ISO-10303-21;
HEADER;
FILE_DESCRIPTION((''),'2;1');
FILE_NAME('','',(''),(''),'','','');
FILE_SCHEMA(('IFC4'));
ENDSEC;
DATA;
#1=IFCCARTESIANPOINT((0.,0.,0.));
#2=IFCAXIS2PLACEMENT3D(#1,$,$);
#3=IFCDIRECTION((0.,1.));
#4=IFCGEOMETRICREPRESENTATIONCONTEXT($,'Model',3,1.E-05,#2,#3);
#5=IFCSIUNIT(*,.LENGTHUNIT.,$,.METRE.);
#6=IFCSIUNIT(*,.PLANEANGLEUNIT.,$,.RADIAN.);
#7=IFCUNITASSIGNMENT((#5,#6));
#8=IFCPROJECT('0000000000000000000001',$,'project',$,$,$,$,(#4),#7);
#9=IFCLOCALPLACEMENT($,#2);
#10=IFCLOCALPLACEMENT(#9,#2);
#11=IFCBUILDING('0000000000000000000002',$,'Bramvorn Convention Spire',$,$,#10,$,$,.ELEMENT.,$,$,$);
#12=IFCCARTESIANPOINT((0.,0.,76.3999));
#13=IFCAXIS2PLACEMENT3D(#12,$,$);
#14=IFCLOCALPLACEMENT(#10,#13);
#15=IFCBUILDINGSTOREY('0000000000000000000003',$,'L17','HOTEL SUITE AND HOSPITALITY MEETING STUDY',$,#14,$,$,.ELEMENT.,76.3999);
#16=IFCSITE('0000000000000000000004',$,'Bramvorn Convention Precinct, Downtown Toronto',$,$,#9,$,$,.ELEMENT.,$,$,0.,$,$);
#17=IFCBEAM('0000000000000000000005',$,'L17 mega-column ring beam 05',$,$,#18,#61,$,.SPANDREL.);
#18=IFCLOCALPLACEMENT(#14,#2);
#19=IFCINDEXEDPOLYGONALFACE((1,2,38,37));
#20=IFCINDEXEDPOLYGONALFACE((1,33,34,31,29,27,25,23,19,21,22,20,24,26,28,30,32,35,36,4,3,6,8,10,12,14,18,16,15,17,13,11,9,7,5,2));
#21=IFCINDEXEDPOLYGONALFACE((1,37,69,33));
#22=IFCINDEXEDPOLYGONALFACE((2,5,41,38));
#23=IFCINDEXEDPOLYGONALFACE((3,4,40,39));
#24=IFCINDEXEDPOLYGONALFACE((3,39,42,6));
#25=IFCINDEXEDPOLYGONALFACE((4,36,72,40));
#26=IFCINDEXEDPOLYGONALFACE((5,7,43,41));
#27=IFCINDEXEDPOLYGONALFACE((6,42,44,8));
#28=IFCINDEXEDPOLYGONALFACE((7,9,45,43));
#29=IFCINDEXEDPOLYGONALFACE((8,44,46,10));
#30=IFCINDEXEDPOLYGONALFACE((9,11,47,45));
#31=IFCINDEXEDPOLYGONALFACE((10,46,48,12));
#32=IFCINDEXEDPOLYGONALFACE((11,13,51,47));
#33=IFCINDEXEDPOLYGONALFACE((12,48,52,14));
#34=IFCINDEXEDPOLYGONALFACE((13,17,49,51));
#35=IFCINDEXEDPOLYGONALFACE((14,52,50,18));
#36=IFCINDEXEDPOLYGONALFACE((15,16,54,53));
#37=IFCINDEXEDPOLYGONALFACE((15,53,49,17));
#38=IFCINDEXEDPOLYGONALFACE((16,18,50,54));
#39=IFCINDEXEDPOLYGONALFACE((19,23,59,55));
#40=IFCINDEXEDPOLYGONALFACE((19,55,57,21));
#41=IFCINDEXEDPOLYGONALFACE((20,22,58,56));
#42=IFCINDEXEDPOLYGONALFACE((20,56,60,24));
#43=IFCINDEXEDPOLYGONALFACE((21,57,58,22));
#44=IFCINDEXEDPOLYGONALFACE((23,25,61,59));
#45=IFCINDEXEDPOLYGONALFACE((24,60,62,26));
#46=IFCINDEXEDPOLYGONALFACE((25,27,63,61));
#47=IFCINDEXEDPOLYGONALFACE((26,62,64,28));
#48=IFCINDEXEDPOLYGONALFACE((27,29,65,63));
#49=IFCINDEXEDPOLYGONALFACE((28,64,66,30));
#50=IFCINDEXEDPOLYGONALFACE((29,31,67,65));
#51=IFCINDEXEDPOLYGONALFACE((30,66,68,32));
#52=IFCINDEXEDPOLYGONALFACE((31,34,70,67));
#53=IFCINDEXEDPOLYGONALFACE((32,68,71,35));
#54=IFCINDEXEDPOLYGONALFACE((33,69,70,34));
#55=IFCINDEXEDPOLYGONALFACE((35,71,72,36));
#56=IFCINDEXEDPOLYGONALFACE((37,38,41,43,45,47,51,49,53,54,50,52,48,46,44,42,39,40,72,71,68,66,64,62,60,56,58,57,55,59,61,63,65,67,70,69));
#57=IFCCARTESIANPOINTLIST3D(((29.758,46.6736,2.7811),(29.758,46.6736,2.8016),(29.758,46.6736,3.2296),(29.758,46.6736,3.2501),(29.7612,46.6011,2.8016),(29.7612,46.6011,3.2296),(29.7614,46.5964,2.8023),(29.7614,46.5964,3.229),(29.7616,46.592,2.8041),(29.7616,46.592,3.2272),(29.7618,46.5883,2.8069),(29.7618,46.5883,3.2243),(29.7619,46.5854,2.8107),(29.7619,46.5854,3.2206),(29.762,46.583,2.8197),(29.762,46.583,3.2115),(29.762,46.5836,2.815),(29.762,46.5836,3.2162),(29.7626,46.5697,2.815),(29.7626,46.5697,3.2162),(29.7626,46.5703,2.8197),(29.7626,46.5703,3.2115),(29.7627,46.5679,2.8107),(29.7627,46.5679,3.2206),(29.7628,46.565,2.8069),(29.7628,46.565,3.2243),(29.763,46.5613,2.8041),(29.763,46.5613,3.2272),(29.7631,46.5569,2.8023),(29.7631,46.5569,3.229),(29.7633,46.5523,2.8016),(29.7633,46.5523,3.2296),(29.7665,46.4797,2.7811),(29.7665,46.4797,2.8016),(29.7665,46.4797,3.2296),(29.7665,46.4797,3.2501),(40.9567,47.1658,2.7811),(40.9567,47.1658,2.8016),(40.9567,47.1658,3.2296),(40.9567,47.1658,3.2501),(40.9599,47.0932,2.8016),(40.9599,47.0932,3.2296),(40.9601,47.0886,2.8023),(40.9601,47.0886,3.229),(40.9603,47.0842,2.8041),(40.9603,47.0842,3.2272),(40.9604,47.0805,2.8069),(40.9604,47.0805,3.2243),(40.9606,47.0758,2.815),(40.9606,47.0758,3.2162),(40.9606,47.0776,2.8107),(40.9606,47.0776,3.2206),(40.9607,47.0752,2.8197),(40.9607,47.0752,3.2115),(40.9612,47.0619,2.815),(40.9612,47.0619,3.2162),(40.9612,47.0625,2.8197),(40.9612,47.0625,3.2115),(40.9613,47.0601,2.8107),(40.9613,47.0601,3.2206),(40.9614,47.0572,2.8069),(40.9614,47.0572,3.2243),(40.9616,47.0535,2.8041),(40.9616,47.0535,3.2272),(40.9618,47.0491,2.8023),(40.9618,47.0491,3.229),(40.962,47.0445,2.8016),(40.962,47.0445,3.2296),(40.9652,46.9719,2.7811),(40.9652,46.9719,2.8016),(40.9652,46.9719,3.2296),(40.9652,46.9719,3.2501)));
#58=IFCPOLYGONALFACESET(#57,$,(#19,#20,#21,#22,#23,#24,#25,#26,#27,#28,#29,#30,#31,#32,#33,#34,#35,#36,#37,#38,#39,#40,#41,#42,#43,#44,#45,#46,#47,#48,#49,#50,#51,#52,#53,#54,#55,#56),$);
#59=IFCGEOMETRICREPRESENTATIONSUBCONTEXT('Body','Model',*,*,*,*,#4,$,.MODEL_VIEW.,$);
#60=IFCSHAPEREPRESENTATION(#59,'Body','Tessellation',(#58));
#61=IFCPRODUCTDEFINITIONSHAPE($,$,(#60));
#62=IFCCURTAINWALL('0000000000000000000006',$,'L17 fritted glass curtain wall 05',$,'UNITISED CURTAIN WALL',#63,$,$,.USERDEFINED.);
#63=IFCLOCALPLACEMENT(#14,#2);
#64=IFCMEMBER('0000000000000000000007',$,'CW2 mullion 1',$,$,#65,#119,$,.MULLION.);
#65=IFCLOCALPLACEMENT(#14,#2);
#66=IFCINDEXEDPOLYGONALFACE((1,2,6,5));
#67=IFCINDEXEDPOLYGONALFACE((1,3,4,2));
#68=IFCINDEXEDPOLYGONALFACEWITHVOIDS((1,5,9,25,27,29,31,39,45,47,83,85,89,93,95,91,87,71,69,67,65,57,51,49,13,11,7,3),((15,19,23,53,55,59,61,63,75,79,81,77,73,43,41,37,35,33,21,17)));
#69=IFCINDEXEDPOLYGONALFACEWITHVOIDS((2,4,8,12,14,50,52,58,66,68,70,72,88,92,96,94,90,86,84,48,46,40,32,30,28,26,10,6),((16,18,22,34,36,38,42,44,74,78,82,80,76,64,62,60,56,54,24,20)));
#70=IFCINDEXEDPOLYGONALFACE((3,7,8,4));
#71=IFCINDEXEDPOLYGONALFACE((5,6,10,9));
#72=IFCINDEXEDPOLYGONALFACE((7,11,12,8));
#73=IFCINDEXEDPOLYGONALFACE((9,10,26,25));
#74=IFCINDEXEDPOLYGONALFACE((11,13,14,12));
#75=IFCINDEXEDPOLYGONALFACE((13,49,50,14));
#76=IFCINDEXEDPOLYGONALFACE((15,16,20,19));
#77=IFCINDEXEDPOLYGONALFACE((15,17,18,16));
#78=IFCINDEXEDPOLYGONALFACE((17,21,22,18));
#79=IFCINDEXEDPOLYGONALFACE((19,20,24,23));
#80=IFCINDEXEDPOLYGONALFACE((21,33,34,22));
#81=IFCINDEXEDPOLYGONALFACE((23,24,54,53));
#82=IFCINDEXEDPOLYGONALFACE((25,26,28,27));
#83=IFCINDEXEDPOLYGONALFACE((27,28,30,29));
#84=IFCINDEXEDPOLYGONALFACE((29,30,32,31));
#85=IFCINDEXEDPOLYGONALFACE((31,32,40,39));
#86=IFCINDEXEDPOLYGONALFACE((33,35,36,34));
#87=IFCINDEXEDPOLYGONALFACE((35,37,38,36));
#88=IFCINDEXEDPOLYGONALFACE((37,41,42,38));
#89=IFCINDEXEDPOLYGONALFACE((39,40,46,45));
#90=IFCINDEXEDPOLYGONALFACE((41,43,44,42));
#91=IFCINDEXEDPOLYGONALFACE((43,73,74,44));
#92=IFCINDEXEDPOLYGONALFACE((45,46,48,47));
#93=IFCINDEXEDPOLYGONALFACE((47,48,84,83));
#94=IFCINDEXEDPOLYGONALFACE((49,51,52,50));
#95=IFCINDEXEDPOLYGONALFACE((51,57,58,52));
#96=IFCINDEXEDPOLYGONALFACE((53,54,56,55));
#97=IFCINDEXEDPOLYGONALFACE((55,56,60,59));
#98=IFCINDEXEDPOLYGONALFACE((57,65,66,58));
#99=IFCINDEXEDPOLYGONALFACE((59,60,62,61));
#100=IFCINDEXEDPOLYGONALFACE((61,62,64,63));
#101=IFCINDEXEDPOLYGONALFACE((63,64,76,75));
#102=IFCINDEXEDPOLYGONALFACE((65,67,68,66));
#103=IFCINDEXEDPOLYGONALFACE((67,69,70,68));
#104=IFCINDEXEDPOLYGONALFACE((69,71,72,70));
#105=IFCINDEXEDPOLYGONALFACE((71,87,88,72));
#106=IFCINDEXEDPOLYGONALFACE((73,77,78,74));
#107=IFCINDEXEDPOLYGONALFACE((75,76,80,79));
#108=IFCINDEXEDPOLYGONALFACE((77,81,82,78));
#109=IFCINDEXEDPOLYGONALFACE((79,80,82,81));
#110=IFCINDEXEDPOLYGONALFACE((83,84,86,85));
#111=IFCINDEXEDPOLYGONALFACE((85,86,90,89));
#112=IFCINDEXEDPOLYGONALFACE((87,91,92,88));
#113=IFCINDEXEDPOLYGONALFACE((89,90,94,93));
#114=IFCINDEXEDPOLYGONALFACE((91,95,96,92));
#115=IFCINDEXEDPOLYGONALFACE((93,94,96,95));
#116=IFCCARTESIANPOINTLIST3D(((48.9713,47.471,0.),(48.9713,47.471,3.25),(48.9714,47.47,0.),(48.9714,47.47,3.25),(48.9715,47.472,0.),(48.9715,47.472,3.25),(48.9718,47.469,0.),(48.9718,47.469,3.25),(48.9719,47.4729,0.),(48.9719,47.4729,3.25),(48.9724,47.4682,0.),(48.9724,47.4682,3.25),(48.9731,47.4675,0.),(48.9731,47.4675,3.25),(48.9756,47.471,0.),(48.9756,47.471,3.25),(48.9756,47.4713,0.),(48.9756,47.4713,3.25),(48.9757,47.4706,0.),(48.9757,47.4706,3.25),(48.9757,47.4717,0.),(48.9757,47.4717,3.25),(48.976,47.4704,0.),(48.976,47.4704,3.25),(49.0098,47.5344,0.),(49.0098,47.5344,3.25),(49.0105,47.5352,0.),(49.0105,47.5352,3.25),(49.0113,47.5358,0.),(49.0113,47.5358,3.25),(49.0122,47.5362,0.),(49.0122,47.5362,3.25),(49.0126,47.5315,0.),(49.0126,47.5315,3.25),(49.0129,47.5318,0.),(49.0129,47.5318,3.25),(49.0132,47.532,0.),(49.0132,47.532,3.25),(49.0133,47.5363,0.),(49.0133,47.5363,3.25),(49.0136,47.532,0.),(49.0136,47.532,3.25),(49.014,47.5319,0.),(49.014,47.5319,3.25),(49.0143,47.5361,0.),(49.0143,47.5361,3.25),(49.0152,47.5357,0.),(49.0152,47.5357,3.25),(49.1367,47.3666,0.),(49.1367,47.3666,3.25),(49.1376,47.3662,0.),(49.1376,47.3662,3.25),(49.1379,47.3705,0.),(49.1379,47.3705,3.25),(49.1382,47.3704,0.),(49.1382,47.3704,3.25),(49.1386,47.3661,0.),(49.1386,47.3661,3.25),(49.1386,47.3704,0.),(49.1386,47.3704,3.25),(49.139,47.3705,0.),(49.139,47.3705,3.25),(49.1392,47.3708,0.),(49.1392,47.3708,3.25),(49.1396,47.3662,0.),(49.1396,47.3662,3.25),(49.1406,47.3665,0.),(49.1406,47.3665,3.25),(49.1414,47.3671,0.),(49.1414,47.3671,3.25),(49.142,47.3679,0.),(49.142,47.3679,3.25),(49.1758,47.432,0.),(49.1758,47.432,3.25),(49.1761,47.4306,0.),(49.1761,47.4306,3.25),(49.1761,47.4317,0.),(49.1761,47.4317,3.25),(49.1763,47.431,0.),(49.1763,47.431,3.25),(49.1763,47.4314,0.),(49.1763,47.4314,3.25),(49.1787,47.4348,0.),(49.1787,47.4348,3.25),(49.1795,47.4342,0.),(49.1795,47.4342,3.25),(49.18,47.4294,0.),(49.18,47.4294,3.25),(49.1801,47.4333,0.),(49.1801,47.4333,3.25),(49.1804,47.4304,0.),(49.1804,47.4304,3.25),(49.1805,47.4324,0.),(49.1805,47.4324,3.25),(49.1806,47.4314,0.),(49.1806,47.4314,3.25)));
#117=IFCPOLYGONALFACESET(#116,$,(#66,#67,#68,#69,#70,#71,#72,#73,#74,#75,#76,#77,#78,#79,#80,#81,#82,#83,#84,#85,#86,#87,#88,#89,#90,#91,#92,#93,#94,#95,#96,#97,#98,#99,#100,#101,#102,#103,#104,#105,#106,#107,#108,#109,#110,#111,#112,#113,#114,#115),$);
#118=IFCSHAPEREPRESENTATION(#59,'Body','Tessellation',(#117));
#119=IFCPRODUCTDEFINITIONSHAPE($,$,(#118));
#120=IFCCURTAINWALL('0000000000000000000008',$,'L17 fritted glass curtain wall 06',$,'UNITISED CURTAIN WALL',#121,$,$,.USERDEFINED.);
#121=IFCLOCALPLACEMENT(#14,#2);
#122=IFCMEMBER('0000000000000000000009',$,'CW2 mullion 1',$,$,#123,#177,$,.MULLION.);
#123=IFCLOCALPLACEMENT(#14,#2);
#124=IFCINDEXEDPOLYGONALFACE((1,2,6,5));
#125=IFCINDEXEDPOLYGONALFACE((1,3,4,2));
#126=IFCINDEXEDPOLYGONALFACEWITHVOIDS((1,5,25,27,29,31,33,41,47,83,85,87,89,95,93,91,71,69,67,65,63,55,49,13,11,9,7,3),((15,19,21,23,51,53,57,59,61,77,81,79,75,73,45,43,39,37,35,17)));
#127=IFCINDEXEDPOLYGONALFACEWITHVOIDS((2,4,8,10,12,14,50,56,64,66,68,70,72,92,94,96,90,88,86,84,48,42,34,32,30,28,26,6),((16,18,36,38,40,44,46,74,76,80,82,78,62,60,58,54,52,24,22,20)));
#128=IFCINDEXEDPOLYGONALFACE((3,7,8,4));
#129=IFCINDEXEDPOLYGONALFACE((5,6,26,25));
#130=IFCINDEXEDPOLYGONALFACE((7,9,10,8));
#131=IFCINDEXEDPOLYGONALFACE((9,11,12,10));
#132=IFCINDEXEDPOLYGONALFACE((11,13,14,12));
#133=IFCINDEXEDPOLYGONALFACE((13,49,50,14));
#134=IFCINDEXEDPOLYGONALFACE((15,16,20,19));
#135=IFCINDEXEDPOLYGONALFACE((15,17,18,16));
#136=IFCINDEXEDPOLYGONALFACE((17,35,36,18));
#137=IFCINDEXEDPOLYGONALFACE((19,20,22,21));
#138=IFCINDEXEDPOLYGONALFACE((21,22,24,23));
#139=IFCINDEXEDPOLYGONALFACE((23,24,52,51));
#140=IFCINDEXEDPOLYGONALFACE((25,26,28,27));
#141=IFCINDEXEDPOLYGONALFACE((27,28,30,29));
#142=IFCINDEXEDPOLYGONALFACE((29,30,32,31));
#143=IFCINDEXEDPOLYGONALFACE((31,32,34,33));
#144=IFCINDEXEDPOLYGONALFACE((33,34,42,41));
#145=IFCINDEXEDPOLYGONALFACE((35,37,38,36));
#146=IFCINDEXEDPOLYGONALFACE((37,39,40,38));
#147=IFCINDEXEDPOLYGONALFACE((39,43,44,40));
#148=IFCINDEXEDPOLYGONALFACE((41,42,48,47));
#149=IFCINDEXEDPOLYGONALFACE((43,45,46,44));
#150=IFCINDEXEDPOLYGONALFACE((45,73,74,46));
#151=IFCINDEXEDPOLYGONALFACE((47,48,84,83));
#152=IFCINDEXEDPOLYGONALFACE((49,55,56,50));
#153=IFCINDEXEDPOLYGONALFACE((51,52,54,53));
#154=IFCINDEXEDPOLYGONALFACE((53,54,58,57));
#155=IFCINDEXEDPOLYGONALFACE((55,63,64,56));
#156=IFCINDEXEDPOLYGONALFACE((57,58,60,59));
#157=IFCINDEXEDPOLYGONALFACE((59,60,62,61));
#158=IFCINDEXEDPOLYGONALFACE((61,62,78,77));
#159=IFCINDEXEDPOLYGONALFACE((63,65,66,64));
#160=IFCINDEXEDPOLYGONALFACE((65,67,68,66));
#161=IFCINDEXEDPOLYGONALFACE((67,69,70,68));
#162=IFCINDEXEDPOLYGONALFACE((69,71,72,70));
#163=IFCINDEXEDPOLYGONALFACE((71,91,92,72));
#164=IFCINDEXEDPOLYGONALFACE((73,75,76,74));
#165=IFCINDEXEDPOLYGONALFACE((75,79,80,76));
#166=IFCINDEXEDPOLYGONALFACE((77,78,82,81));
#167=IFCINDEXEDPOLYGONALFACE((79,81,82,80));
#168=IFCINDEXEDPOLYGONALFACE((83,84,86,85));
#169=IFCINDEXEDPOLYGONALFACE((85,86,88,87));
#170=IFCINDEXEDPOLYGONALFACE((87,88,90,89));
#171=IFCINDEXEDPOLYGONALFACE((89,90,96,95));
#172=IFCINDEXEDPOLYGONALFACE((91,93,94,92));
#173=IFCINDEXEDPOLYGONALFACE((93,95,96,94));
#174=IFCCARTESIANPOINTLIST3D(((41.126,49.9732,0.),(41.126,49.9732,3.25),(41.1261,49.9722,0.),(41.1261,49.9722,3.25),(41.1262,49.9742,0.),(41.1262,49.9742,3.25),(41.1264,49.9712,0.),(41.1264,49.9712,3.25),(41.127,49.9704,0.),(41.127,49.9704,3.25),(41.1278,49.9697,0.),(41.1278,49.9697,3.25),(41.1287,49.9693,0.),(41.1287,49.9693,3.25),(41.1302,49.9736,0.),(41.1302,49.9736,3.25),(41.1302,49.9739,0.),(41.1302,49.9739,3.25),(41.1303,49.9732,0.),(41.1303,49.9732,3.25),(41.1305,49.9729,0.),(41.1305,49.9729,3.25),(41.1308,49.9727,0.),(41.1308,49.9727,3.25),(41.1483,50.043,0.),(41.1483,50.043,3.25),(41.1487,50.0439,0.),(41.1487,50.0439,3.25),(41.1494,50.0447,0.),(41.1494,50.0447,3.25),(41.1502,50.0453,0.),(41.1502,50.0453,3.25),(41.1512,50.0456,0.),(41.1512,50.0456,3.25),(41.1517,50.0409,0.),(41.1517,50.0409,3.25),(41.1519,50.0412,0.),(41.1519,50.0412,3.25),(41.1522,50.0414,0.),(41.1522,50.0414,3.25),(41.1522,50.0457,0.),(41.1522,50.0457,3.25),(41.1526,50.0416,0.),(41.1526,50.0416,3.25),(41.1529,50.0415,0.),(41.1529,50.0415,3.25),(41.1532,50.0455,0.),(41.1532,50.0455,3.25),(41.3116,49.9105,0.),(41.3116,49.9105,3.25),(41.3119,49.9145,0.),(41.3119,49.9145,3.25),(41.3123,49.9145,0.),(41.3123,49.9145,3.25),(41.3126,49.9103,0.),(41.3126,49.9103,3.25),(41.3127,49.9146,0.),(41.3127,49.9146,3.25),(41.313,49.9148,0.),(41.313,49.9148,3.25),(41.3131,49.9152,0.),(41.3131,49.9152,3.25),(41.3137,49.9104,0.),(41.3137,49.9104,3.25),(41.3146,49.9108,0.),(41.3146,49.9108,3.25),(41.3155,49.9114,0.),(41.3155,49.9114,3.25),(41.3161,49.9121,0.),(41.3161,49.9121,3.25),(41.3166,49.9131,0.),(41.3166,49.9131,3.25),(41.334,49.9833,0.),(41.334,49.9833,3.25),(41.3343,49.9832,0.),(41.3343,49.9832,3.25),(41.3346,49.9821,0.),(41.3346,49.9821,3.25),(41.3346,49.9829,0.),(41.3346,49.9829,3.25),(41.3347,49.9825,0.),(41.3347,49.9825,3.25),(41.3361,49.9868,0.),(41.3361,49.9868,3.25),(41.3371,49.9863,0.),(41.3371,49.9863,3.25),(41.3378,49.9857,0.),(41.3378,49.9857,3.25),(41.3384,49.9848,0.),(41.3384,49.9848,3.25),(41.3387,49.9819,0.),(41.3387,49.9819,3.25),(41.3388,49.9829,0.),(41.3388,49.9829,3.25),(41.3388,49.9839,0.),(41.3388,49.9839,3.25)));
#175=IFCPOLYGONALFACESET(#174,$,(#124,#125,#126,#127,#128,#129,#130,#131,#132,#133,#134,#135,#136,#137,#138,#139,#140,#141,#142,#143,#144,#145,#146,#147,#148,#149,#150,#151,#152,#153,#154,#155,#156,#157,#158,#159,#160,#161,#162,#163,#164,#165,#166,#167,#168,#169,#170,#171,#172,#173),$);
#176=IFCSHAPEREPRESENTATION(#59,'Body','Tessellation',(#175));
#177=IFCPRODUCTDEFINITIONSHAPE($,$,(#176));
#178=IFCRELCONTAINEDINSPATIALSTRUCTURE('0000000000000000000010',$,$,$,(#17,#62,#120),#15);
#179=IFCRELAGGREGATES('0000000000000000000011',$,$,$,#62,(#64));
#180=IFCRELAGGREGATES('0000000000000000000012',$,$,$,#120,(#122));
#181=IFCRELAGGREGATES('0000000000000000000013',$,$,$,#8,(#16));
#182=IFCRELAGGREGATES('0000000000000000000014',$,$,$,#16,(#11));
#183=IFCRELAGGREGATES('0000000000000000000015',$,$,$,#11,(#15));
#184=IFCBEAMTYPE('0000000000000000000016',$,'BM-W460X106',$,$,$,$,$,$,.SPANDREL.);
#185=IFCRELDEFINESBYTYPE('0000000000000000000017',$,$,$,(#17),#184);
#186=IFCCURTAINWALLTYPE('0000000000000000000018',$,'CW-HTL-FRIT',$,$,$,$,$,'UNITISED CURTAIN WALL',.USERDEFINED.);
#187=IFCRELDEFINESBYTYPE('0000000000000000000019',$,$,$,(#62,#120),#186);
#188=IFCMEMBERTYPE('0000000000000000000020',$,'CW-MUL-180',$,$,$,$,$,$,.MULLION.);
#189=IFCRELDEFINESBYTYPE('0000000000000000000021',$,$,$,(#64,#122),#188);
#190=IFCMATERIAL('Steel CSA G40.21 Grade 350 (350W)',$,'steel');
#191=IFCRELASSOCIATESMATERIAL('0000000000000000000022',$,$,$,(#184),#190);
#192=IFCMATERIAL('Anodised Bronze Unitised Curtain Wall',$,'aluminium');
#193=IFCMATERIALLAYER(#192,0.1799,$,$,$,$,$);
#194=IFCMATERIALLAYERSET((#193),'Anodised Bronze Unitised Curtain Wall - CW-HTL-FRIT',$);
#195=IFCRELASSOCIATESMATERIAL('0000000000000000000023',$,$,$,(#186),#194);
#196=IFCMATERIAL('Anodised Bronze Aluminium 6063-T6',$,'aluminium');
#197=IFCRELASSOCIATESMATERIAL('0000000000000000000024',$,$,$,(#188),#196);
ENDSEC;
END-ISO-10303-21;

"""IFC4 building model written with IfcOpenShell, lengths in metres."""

from ifc_helpers import new_model, si_unit, direction, frame, origin, origin_2d, place, context, subcontext, project, spatial, hollow_rectangle, i_section, extrude, material, layer, layer_set, material_profile, profile_set, type_object, element, aggregate, save


model = new_model("IFC4")

# Units and contexts
model_context = context("Model", 3, precision=1e-05, world=origin(), true_north=direction((0.0, 1.0)))
body_context = subcontext(model_context, "Body", "Model", "MODEL_VIEW")
ifc_project = project(units=[si_unit("LENGTHUNIT", "METRE"), si_unit("PLANEANGLEUNIT", "RADIAN")], contexts=[model_context])

# Site, building, storey
site_placement = place(None, origin())
site = spatial("IfcSite", under=ifc_project, at=site_placement, Name="Bramvorn Convention Precinct, Downtown Toronto", CompositionType="ELEMENT", RefElevation=0.0)
building_placement = place(site_placement, origin())
building = spatial("IfcBuilding", under=site, at=building_placement, Name="Bramvorn Convention Spire", CompositionType="ELEMENT")
storey_placement = place(building_placement, frame((0.0, 0.0, 76.3999)))
storey = spatial("IfcBuildingStorey", under=building, at=storey_placement, Name="L17", Description="HOTEL SUITE AND HOSPITALITY MEETING STUDY", CompositionType="ELEMENT", Elevation=76.3999)

# Shared definitions
ifc_material_1 = material(Name="Steel CSA G40.21 Grade 350 (350W)", Category="steel")

# Beam
ifc_material_profile_1 = material_profile(ifc_material_1, i_section(OverallWidth=0.1941, OverallDepth=0.469, WebThickness=0.0127, FlangeThickness=0.0205, FilletRadius=0.0181, at=origin_2d()))
ifc_profile_set_1 = profile_set([ifc_material_profile_1], Name="Steel CSA G40.21 Grade 350 (350W) - W460X106")
beam_type_1 = type_object("IfcBeamType", Name="BM-W460X106", PredefinedType="SPANDREL", material=ifc_profile_set_1)
beam_1_placement = place(storey_placement, frame((40.9609, 47.0688, 3.0156), z_axis=(-0.999036, -0.043908, 0.0), x_axis=(0.043908, -0.999036, 0.0)))
element("IfcBeam", 1, at=beam_1_placement, inside=storey, type_object=beam_type_1, Name="L17 mega-column ring beam 05", PredefinedType="SPANDREL", context=body_context, shape_type="SweptSolid", body=[
    extrude(i_section(OverallWidth=0.1941, OverallDepth=0.469, WebThickness=0.0127, FlangeThickness=0.0205, FilletRadius=0.0181, at=origin_2d()), origin(), (0.0, 0.0, 1.0), 11.2095),
])

# Curtain wall, member
ifc_material_2 = material(Name="Anodised Bronze Unitised Curtain Wall", Category="aluminium")
ifc_layer_1 = layer(ifc_material_2, 0.1799)
ifc_layer_set_1 = layer_set([ifc_layer_1], Name="Anodised Bronze Unitised Curtain Wall - CW-HTL-FRIT")
curtain_wall_type = type_object("IfcCurtainWallType", Name="CW-HTL-FRIT", ElementType="UNITISED CURTAIN WALL", PredefinedType="USERDEFINED", material=ifc_layer_set_1)
curtain_wall_1_placement = place(storey_placement, origin())
curtain_wall_1 = element("IfcCurtainWall", 2, at=curtain_wall_1_placement, inside=storey, type_object=curtain_wall_type, Name="L17 fritted glass curtain wall 05", ObjectType="UNITISED CURTAIN WALL", PredefinedType="USERDEFINED")
ifc_material_3 = material(Name="Anodised Bronze Aluminium 6063-T6", Category="aluminium")
ifc_material_profile_2 = material_profile(ifc_material_3, hollow_rectangle(XDim=0.0801, YDim=0.2, WallThickness=0.0039, InnerFilletRadius=0.001, OuterFilletRadius=0.0039, at=origin_2d()))
ifc_profile_set_2 = profile_set([ifc_material_profile_2], Name="Anodised Bronze Aluminium 6063-T6 - CWM80X200")
member_type_1 = type_object("IfcMemberType", Name="CW-MUL-180", PredefinedType="MULLION", material=ifc_profile_set_2)
member_1_placement = place(storey_placement, frame((49.0759, 47.4512, 0.0), z_axis=(0.0, 0.0, 1.0), x_axis=(0.525114, 0.851032, 0.0)))
member_1 = element("IfcMember", 3, at=member_1_placement, type_object=member_type_1, Name="CW2 mullion 1", PredefinedType="MULLION", context=body_context, shape_type="SweptSolid", body=[
    extrude(hollow_rectangle(XDim=0.0801, YDim=0.2, WallThickness=0.0039, InnerFilletRadius=0.001, OuterFilletRadius=0.0039, at=origin_2d()), origin(), (0.0, 0.0, 1.0), 3.25),
])

# Curtain wall, member
curtain_wall_2_placement = place(storey_placement, origin())
curtain_wall_2 = element("IfcCurtainWall", 4, at=curtain_wall_2_placement, inside=storey, type_object=curtain_wall_type, Name="L17 fritted glass curtain wall 06", ObjectType="UNITISED CURTAIN WALL", PredefinedType="USERDEFINED")
member_2_placement = place(storey_placement, frame((41.2324, 49.978, 0.0), z_axis=(0.0, 0.0, 1.0), x_axis=(0.305812, 0.952092, 0.0)))
member_2 = element("IfcMember", 5, at=member_2_placement, type_object=member_type_1, Name="CW2 mullion 1", PredefinedType="MULLION", context=body_context, shape_type="SweptSolid", body=[
    extrude(hollow_rectangle(XDim=0.0801, YDim=0.2, WallThickness=0.0039, InnerFilletRadius=0.001, OuterFilletRadius=0.0039, at=origin_2d()), origin(), (0.0, 0.0, 1.0), 3.25),
])

aggregate(curtain_wall_1, [member_1])
aggregate(curtain_wall_2, [member_2])

save(model, "model.ifc")
